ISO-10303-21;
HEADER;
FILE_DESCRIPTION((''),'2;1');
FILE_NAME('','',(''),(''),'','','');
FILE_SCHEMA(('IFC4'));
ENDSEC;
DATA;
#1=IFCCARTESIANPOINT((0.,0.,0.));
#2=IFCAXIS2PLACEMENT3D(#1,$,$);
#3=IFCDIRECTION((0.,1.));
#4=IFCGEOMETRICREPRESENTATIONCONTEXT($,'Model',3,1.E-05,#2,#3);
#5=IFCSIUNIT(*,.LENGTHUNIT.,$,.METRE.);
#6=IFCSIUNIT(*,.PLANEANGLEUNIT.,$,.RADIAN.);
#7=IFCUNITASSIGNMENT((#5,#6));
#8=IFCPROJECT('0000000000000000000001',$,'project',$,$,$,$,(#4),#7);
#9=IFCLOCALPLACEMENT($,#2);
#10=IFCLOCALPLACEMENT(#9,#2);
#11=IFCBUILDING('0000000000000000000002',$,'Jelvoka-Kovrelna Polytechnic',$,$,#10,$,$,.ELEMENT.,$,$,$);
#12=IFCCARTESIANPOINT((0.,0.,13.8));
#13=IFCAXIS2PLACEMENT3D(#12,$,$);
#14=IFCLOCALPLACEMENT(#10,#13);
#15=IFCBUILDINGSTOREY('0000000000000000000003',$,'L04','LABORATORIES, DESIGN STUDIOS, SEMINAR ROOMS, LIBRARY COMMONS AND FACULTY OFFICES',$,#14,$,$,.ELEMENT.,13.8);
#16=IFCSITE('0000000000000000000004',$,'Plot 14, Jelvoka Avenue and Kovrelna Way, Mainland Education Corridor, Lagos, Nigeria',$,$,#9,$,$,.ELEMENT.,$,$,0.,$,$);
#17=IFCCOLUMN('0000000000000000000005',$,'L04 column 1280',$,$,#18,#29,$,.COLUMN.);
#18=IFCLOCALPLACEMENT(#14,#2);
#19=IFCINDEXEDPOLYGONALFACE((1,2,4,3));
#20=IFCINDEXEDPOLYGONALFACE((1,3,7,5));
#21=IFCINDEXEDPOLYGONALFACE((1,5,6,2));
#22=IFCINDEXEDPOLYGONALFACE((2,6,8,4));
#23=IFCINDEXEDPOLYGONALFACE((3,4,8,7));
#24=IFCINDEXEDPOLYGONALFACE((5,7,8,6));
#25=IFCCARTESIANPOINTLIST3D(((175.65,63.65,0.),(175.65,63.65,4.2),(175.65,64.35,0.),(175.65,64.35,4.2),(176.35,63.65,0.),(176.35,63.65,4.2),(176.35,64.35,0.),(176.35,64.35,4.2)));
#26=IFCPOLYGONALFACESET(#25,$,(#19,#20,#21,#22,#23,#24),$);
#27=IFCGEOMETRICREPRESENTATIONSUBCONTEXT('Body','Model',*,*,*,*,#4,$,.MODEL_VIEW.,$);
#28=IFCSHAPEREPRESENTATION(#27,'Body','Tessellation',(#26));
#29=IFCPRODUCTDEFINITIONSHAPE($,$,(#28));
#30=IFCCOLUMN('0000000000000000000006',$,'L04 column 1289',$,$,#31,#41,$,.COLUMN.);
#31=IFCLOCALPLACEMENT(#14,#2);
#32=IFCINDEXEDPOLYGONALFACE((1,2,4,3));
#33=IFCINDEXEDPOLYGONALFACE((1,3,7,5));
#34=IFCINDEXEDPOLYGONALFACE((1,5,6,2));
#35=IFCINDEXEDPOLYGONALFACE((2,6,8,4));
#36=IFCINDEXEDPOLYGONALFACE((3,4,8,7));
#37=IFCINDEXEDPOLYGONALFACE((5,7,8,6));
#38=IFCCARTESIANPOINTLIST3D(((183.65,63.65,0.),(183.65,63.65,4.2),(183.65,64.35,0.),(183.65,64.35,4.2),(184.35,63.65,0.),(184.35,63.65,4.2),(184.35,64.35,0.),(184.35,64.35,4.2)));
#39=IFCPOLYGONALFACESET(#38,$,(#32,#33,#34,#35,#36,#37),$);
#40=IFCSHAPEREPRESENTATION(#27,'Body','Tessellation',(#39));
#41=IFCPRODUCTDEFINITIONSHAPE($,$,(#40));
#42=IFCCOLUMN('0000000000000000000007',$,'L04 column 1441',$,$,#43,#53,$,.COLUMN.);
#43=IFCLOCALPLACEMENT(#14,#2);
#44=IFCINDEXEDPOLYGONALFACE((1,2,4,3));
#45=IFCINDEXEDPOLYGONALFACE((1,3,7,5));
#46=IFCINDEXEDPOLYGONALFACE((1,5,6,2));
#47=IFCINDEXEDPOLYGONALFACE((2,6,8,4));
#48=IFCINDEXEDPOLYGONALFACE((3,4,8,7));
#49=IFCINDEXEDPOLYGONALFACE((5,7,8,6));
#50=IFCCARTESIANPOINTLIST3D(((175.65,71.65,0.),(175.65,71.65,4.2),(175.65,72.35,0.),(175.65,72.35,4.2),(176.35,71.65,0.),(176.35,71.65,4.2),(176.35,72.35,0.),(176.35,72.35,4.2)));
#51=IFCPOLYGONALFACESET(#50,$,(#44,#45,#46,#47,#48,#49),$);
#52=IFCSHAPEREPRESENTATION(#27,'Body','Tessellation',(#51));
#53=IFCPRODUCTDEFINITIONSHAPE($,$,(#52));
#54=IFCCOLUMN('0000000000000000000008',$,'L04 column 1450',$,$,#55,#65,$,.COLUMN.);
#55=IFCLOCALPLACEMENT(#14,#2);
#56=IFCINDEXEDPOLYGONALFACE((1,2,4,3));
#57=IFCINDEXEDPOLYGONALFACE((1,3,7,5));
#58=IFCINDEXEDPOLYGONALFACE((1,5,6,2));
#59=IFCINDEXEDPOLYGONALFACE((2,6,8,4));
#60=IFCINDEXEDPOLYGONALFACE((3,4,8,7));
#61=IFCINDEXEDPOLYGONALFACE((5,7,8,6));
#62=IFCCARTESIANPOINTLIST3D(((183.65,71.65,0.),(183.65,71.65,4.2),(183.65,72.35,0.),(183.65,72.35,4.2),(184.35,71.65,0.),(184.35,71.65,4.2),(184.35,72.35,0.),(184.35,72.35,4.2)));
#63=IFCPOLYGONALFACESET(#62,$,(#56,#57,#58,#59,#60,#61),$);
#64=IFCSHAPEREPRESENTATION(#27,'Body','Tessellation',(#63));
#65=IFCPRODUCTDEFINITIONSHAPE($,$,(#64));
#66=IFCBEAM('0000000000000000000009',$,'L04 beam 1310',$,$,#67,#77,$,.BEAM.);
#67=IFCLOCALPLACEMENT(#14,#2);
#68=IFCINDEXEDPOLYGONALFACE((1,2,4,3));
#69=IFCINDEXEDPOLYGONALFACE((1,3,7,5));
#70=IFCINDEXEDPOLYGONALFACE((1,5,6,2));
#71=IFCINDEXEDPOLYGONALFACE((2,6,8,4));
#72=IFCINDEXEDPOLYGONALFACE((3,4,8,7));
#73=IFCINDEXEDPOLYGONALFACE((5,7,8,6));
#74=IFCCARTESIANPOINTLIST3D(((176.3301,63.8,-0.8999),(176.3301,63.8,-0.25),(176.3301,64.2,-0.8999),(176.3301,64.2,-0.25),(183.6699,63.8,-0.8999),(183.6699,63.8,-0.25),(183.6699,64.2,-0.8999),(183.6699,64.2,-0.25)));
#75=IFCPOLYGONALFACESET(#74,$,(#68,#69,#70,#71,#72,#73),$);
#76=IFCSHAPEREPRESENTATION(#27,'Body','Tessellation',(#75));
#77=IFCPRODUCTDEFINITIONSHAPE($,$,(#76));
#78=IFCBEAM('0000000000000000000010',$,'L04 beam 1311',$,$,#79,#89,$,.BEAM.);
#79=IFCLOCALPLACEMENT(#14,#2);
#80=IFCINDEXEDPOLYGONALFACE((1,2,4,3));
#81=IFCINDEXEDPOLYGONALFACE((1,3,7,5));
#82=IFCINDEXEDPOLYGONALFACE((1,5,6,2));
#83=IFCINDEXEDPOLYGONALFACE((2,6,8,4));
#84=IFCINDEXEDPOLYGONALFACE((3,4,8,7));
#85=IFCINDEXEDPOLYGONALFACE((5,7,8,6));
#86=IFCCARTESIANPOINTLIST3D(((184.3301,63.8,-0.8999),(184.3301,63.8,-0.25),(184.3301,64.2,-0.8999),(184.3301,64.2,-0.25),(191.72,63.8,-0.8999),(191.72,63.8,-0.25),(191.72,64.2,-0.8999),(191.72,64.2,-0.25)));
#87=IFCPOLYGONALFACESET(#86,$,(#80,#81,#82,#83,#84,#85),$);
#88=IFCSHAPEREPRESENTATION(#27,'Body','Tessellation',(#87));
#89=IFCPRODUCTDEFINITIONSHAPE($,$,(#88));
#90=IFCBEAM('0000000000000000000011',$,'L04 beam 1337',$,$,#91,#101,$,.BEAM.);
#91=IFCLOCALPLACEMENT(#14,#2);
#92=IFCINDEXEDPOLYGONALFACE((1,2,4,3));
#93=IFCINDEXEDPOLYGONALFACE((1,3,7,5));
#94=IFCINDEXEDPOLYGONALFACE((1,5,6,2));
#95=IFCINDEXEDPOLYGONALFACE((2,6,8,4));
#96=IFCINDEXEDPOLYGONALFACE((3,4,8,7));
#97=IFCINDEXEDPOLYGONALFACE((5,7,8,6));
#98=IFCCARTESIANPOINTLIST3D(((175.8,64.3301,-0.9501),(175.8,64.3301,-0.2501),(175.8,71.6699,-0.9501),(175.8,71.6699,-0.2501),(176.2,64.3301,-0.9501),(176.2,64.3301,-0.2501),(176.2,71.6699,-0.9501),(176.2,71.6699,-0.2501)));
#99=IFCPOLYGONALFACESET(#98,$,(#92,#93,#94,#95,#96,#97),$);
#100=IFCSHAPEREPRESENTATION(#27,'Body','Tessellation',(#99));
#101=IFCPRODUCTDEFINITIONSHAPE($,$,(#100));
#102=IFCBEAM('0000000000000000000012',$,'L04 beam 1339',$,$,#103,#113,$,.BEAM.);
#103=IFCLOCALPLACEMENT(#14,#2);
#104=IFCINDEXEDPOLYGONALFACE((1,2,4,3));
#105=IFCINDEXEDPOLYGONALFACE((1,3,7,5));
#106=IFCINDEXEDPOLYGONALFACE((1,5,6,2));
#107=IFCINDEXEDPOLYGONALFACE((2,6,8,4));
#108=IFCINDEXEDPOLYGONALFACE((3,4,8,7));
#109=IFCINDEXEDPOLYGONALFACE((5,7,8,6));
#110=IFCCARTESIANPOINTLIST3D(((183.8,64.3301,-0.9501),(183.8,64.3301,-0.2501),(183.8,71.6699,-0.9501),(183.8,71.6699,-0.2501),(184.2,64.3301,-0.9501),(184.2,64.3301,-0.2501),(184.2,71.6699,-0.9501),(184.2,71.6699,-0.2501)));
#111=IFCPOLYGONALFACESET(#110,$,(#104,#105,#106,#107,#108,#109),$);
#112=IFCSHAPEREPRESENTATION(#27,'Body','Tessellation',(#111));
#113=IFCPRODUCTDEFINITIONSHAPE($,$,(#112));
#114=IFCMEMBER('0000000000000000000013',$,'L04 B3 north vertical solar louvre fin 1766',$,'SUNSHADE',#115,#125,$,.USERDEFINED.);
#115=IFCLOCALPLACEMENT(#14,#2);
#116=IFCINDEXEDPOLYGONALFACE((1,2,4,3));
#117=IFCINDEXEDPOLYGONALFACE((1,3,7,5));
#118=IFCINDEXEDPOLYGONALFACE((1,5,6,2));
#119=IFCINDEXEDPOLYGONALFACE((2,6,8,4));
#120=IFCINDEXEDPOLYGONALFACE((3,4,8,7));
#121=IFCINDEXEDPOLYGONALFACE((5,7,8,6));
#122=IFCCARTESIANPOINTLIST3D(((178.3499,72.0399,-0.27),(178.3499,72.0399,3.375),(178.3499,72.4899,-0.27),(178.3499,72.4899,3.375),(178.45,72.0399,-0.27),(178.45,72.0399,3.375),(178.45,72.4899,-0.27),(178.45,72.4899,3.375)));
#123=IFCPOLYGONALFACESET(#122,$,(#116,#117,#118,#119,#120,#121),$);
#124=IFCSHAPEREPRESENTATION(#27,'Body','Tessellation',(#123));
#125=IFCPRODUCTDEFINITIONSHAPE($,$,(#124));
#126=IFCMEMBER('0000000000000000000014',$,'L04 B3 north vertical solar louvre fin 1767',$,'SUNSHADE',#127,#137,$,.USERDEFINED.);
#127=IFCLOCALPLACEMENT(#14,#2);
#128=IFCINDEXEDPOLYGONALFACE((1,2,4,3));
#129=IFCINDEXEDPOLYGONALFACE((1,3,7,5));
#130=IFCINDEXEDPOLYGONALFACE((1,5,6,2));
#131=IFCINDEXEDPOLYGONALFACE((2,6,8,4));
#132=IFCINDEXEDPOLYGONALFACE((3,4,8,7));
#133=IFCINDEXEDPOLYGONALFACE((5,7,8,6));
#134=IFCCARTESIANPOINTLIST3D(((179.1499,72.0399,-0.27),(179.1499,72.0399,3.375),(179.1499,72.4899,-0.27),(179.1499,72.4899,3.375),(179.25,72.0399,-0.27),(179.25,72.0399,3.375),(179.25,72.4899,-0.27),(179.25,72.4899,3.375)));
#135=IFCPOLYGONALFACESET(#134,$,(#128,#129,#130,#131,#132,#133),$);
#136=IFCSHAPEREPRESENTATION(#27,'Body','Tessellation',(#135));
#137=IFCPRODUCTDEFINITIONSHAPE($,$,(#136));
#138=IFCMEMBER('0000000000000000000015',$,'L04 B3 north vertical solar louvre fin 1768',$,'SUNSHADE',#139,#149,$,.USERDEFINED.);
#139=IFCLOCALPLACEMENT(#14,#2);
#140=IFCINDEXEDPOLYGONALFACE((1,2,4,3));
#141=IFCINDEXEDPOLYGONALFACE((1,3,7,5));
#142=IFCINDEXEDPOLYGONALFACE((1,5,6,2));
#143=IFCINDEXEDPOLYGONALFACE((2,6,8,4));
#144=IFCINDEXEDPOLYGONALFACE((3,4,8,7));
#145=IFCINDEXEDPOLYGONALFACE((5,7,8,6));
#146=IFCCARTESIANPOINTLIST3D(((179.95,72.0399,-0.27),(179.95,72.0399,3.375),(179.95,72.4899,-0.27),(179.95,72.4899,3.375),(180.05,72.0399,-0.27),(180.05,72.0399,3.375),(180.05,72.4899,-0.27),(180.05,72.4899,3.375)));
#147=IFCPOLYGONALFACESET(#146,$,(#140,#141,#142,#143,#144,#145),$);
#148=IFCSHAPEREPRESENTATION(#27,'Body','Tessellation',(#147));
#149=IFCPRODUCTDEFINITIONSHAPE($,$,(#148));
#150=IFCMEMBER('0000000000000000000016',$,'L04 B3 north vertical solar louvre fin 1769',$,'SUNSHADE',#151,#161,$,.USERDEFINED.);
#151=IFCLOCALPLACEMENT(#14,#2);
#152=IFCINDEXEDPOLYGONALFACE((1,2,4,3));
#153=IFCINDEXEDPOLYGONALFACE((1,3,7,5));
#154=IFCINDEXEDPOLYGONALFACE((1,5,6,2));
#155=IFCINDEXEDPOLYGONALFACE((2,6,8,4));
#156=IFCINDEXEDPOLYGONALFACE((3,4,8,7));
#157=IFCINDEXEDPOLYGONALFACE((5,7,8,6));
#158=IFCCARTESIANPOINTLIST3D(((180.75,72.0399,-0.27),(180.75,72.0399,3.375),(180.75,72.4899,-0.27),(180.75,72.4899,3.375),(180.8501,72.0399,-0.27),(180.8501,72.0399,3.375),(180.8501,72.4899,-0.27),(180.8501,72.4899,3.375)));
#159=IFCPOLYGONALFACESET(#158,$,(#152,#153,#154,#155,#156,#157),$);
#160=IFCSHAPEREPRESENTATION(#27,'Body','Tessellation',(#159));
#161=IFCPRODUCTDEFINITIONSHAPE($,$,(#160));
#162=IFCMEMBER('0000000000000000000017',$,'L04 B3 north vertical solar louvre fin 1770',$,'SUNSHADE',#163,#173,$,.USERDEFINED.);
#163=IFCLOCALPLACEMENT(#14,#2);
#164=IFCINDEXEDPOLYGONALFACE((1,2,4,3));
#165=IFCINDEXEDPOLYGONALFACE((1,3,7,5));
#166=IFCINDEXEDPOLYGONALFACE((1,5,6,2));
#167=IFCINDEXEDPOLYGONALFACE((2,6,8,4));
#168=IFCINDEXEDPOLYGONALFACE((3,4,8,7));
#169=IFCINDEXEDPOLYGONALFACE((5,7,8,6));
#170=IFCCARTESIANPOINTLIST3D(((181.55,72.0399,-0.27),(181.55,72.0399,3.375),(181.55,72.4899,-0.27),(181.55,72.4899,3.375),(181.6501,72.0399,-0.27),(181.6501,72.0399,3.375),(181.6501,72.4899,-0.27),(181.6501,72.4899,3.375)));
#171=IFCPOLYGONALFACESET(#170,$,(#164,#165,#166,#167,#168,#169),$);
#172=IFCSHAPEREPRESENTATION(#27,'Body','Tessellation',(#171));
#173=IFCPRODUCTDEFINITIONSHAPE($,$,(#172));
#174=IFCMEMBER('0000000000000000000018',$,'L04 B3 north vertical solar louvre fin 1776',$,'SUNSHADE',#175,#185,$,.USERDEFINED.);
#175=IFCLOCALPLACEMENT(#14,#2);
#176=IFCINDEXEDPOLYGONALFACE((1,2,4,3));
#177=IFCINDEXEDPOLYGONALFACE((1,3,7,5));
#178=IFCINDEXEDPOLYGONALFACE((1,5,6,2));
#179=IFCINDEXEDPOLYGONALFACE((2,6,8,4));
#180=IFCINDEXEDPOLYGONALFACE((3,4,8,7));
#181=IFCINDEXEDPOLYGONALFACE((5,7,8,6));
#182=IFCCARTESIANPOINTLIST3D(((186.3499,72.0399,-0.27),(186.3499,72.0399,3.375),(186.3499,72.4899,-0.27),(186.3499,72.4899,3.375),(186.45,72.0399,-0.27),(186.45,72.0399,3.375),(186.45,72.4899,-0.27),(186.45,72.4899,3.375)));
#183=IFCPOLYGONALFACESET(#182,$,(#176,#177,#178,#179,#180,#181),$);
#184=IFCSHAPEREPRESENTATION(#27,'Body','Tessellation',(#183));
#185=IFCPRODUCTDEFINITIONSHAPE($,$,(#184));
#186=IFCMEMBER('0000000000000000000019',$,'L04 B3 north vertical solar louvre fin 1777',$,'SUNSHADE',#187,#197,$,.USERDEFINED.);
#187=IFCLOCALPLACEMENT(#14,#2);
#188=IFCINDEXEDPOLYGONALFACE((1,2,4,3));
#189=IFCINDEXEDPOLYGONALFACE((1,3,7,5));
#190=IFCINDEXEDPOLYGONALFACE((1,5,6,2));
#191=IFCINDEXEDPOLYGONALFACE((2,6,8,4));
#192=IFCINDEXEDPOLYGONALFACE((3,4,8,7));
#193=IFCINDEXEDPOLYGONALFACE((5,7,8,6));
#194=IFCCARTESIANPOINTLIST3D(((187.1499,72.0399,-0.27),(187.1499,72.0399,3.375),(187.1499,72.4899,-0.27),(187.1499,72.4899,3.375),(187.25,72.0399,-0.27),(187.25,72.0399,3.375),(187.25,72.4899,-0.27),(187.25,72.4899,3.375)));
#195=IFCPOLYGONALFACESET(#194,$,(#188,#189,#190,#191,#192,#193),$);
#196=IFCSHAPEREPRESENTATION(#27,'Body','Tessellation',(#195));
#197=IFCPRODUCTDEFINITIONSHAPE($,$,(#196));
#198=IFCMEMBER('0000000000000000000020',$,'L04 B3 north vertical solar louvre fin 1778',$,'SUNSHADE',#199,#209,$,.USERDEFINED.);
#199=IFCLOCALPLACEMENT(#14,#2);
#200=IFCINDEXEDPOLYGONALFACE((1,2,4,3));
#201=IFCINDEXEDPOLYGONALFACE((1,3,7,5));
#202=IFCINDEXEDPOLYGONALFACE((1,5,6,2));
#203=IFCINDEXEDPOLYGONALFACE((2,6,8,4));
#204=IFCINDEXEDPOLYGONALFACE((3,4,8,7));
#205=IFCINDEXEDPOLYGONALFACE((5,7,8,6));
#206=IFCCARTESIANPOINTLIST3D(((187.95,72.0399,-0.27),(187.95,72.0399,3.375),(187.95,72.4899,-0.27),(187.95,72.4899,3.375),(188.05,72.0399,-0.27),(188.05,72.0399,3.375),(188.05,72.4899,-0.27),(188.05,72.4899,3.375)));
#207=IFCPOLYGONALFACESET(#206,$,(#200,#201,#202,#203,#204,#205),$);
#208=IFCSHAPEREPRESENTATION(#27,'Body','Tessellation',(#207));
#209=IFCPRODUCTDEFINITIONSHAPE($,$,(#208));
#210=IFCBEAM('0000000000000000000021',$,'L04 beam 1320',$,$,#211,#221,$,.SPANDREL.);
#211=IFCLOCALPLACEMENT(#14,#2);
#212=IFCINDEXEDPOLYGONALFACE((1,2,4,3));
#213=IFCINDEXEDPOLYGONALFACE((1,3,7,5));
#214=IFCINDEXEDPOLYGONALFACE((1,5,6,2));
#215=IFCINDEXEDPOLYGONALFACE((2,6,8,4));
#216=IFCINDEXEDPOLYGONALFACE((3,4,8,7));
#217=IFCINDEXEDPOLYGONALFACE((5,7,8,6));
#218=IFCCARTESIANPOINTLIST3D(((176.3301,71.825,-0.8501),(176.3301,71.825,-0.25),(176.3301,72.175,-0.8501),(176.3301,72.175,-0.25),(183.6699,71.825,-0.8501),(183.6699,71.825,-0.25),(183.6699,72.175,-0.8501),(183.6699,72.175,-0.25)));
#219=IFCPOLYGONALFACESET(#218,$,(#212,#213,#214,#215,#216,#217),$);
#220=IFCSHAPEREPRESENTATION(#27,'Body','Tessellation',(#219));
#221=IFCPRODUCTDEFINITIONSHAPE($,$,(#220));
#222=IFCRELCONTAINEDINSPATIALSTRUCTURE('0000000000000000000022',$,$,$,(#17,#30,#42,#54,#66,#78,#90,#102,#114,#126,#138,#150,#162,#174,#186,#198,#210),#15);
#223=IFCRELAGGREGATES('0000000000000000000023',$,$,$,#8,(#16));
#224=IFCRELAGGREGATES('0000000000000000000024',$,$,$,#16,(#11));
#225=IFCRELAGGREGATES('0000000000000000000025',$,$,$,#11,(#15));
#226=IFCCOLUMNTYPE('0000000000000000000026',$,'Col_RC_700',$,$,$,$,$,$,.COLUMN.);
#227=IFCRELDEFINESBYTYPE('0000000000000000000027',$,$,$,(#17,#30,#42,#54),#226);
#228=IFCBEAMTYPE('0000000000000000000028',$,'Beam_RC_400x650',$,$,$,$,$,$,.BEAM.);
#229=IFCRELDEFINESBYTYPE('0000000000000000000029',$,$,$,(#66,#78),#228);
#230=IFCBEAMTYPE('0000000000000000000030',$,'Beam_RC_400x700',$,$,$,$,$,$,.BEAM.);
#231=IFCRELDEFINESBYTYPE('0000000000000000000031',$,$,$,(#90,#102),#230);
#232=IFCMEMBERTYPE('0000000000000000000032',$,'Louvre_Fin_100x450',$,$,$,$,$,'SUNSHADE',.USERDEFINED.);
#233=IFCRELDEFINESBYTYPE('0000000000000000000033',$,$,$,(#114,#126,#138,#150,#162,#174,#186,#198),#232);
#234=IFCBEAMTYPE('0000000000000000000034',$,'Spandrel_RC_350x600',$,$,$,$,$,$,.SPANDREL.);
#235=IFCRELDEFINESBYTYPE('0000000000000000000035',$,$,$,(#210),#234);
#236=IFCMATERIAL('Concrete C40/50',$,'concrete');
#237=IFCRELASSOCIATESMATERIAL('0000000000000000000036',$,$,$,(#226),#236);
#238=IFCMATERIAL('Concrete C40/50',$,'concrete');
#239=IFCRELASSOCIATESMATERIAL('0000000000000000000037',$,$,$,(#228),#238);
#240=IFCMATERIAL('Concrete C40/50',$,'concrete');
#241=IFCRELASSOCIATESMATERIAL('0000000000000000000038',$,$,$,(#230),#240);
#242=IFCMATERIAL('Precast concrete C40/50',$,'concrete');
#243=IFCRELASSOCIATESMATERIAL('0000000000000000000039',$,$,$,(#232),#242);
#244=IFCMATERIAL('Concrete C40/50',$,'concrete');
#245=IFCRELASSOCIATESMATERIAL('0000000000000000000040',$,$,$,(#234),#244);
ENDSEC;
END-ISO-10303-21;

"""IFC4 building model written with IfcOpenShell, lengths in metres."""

from ifc_helpers import new_model, si_unit, direction, frame, origin, origin_2d, place, context, subcontext, project, spatial, rectangle, extrude, material, material_profile, profile_set, type_object, element, save


model = new_model("IFC4")

# Units and contexts
model_context = context("Model", 3, precision=1e-05, world=origin(), true_north=direction((0.0, 1.0)))
body_context = subcontext(model_context, "Body", "Model", "MODEL_VIEW")
ifc_project = project(units=[si_unit("LENGTHUNIT", "METRE"), si_unit("PLANEANGLEUNIT", "RADIAN")], contexts=[model_context])

# Site, building, storey
site_placement = place(None, origin())
site = spatial("IfcSite", under=ifc_project, at=site_placement, Name="Plot 14, Jelvoka Avenue and Kovrelna Way, Mainland Education Corridor, Lagos, Nigeria", CompositionType="ELEMENT", RefElevation=0.0)
building_placement = place(site_placement, origin())
building = spatial("IfcBuilding", under=site, at=building_placement, Name="Jelvoka-Kovrelna Polytechnic", CompositionType="ELEMENT")
storey_placement = place(building_placement, frame((0.0, 0.0, 13.8)))
storey = spatial("IfcBuildingStorey", under=building, at=storey_placement, Name="L04", Description="LABORATORIES, DESIGN STUDIOS, SEMINAR ROOMS, LIBRARY COMMONS AND FACULTY OFFICES", CompositionType="ELEMENT", Elevation=13.8)

# Columns
ifc_material_1 = material(Name="Concrete C40/50", Category="concrete")
ifc_material_profile_1 = material_profile(ifc_material_1, rectangle(XDim=0.7, YDim=0.7, at=origin_2d()), Name="RC 700x700")
ifc_profile_set_1 = profile_set([ifc_material_profile_1], Name="Concrete C40/50")
column_type = type_object("IfcColumnType", Name="Col_RC_700", PredefinedType="COLUMN", material=ifc_profile_set_1)
for number, where, z_axis, x_axis, name in (
    (1, (176.0, 64.0, 0.0), (0.0, 0.0, 1.0), (1.0, 0.0, 0.0), "L04 column 1280"),
    (2, (184.0, 64.0, 0.0), (0.0, 0.0, 1.0), (1.0, 0.0, 0.0), "L04 column 1289"),
    (3, (176.0, 72.0, 0.0), (0.0, 0.0, 1.0), (1.0, 0.0, 0.0), "L04 column 1441"),
    (4, (184.0, 72.0, 0.0), (0.0, 0.0, 1.0), (1.0, 0.0, 0.0), "L04 column 1450"),
):
    element("IfcColumn", number, at=place(storey_placement, frame(where, z_axis=z_axis, x_axis=x_axis)), inside=storey, type_object=column_type, Name=name, PredefinedType="COLUMN", context=body_context, shape_type="SweptSolid", body=[
        extrude(rectangle(XDim=0.7, YDim=0.7, at=origin_2d()), origin(), (0.0, 0.0, 1.0), 4.2),
    ])

# Beams
ifc_material_2 = material(Name="Concrete C40/50", Category="concrete")
ifc_material_profile_2 = material_profile(ifc_material_2, rectangle(XDim=0.3999, YDim=0.6499, at=origin_2d()), Name="RC 400x650")
ifc_profile_set_2 = profile_set([ifc_material_profile_2], Name="Concrete C40/50")
beam_type_1 = type_object("IfcBeamType", Name="Beam_RC_400x650", PredefinedType="BEAM", material=ifc_profile_set_2)
beam_1_placement = place(storey_placement, frame((176.3301, 64.0, -0.575), z_axis=(1.0, 0.0, 0.0), x_axis=(0.0, 1.0, 0.0)))
element("IfcBeam", 5, at=beam_1_placement, inside=storey, type_object=beam_type_1, Name="L04 beam 1310", PredefinedType="BEAM", context=body_context, shape_type="SweptSolid", body=[
    extrude(rectangle(XDim=0.3999, YDim=0.6499, at=origin_2d()), origin(), (0.0, 0.0, 1.0), 7.3398),
])
beam_2_placement = place(storey_placement, frame((184.3301, 64.0, -0.575), z_axis=(1.0, 0.0, 0.0), x_axis=(0.0, 1.0, 0.0)))
element("IfcBeam", 6, at=beam_2_placement, inside=storey, type_object=beam_type_1, Name="L04 beam 1311", PredefinedType="BEAM", context=body_context, shape_type="SweptSolid", body=[
    extrude(rectangle(XDim=0.3999, YDim=0.6499, at=origin_2d()), origin(), (0.0, 0.0, 1.0), 7.3899),
])
ifc_material_3 = material(Name="Concrete C40/50", Category="concrete")
ifc_material_profile_3 = material_profile(ifc_material_3, rectangle(XDim=0.3999, YDim=0.7, at=origin_2d()), Name="RC 400x700")
ifc_profile_set_3 = profile_set([ifc_material_profile_3], Name="Concrete C40/50")
beam_type_2 = type_object("IfcBeamType", Name="Beam_RC_400x700", PredefinedType="BEAM", material=ifc_profile_set_3)
for number, where, z_axis, x_axis, name in (
    (7, (176.0, 64.3301, -0.6001), (0.0, 1.0, 0.0), (-1.0, 0.0, 0.0), "L04 beam 1337"),
    (8, (184.0, 64.3301, -0.6001), (0.0, 1.0, 0.0), (-1.0, 0.0, 0.0), "L04 beam 1339"),
):
    element("IfcBeam", number, at=place(storey_placement, frame(where, z_axis=z_axis, x_axis=x_axis)), inside=storey, type_object=beam_type_2, Name=name, PredefinedType="BEAM", context=body_context, shape_type="SweptSolid", body=[
        extrude(rectangle(XDim=0.3999, YDim=0.7, at=origin_2d()), origin(), (0.0, 0.0, 1.0), 7.3398),
    ])

# Members
ifc_material_4 = material(Name="Precast concrete C40/50", Category="concrete")
ifc_material_profile_4 = material_profile(ifc_material_4, rectangle(XDim=0.1001, YDim=0.45, at=origin_2d()), Name="PC 100x450")
ifc_profile_set_4 = profile_set([ifc_material_profile_4], Name="Precast concrete C40/50")
member_type = type_object("IfcMemberType", Name="Louvre_Fin_100x450", ElementType="SUNSHADE", PredefinedType="USERDEFINED", material=ifc_profile_set_4)
for number, where, z_axis, x_axis, name in (
    (9, (178.3999, 72.2649, -0.27), (0.0, 0.0, 1.0), (1.0, 0.0, 0.0), "L04 B3 north vertical solar louvre fin 1766"),
    (10, (179.2, 72.2649, -0.27), (0.0, 0.0, 1.0), (1.0, 0.0, 0.0), "L04 B3 north vertical solar louvre fin 1767"),
    (11, (180.0, 72.2649, -0.27), (0.0, 0.0, 1.0), (1.0, 0.0, 0.0), "L04 B3 north vertical solar louvre fin 1768"),
    (12, (180.8, 72.2649, -0.27), (0.0, 0.0, 1.0), (1.0, 0.0, 0.0), "L04 B3 north vertical solar louvre fin 1769"),
    (13, (181.6001, 72.2649, -0.27), (0.0, 0.0, 1.0), (1.0, 0.0, 0.0), "L04 B3 north vertical solar louvre fin 1770"),
    (14, (186.3999, 72.2649, -0.27), (0.0, 0.0, 1.0), (1.0, 0.0, 0.0), "L04 B3 north vertical solar louvre fin 1776"),
    (15, (187.2, 72.2649, -0.27), (0.0, 0.0, 1.0), (1.0, 0.0, 0.0), "L04 B3 north vertical solar louvre fin 1777"),
    (16, (188.0, 72.2649, -0.27), (0.0, 0.0, 1.0), (1.0, 0.0, 0.0), "L04 B3 north vertical solar louvre fin 1778"),
):
    element("IfcMember", number, at=place(storey_placement, frame(where, z_axis=z_axis, x_axis=x_axis)), inside=storey, type_object=member_type, Name=name, ObjectType="SUNSHADE", PredefinedType="USERDEFINED", context=body_context, shape_type="SweptSolid", body=[
        extrude(rectangle(XDim=0.1001, YDim=0.45, at=origin_2d()), origin(), (0.0, 0.0, 1.0), 3.645),
    ])

# Beam
ifc_material_5 = material(Name="Concrete C40/50", Category="concrete")
ifc_material_profile_5 = material_profile(ifc_material_5, rectangle(XDim=0.3501, YDim=0.6001, at=origin_2d()), Name="RC 350x600")
ifc_profile_set_5 = profile_set([ifc_material_profile_5], Name="Concrete C40/50")
beam_type_3 = type_object("IfcBeamType", Name="Spandrel_RC_350x600", PredefinedType="SPANDREL", material=ifc_profile_set_5)
beam_3_placement = place(storey_placement, frame((176.3301, 72.0, -0.55), z_axis=(1.0, 0.0, 0.0), x_axis=(0.0, 1.0, 0.0)))
element("IfcBeam", 17, at=beam_3_placement, inside=storey, type_object=beam_type_3, Name="L04 beam 1320", PredefinedType="SPANDREL", context=body_context, shape_type="SweptSolid", body=[
    extrude(rectangle(XDim=0.3501, YDim=0.6001, at=origin_2d()), origin(), (0.0, 0.0, 1.0), 7.3398),
])

save(model, "model.ifc")
